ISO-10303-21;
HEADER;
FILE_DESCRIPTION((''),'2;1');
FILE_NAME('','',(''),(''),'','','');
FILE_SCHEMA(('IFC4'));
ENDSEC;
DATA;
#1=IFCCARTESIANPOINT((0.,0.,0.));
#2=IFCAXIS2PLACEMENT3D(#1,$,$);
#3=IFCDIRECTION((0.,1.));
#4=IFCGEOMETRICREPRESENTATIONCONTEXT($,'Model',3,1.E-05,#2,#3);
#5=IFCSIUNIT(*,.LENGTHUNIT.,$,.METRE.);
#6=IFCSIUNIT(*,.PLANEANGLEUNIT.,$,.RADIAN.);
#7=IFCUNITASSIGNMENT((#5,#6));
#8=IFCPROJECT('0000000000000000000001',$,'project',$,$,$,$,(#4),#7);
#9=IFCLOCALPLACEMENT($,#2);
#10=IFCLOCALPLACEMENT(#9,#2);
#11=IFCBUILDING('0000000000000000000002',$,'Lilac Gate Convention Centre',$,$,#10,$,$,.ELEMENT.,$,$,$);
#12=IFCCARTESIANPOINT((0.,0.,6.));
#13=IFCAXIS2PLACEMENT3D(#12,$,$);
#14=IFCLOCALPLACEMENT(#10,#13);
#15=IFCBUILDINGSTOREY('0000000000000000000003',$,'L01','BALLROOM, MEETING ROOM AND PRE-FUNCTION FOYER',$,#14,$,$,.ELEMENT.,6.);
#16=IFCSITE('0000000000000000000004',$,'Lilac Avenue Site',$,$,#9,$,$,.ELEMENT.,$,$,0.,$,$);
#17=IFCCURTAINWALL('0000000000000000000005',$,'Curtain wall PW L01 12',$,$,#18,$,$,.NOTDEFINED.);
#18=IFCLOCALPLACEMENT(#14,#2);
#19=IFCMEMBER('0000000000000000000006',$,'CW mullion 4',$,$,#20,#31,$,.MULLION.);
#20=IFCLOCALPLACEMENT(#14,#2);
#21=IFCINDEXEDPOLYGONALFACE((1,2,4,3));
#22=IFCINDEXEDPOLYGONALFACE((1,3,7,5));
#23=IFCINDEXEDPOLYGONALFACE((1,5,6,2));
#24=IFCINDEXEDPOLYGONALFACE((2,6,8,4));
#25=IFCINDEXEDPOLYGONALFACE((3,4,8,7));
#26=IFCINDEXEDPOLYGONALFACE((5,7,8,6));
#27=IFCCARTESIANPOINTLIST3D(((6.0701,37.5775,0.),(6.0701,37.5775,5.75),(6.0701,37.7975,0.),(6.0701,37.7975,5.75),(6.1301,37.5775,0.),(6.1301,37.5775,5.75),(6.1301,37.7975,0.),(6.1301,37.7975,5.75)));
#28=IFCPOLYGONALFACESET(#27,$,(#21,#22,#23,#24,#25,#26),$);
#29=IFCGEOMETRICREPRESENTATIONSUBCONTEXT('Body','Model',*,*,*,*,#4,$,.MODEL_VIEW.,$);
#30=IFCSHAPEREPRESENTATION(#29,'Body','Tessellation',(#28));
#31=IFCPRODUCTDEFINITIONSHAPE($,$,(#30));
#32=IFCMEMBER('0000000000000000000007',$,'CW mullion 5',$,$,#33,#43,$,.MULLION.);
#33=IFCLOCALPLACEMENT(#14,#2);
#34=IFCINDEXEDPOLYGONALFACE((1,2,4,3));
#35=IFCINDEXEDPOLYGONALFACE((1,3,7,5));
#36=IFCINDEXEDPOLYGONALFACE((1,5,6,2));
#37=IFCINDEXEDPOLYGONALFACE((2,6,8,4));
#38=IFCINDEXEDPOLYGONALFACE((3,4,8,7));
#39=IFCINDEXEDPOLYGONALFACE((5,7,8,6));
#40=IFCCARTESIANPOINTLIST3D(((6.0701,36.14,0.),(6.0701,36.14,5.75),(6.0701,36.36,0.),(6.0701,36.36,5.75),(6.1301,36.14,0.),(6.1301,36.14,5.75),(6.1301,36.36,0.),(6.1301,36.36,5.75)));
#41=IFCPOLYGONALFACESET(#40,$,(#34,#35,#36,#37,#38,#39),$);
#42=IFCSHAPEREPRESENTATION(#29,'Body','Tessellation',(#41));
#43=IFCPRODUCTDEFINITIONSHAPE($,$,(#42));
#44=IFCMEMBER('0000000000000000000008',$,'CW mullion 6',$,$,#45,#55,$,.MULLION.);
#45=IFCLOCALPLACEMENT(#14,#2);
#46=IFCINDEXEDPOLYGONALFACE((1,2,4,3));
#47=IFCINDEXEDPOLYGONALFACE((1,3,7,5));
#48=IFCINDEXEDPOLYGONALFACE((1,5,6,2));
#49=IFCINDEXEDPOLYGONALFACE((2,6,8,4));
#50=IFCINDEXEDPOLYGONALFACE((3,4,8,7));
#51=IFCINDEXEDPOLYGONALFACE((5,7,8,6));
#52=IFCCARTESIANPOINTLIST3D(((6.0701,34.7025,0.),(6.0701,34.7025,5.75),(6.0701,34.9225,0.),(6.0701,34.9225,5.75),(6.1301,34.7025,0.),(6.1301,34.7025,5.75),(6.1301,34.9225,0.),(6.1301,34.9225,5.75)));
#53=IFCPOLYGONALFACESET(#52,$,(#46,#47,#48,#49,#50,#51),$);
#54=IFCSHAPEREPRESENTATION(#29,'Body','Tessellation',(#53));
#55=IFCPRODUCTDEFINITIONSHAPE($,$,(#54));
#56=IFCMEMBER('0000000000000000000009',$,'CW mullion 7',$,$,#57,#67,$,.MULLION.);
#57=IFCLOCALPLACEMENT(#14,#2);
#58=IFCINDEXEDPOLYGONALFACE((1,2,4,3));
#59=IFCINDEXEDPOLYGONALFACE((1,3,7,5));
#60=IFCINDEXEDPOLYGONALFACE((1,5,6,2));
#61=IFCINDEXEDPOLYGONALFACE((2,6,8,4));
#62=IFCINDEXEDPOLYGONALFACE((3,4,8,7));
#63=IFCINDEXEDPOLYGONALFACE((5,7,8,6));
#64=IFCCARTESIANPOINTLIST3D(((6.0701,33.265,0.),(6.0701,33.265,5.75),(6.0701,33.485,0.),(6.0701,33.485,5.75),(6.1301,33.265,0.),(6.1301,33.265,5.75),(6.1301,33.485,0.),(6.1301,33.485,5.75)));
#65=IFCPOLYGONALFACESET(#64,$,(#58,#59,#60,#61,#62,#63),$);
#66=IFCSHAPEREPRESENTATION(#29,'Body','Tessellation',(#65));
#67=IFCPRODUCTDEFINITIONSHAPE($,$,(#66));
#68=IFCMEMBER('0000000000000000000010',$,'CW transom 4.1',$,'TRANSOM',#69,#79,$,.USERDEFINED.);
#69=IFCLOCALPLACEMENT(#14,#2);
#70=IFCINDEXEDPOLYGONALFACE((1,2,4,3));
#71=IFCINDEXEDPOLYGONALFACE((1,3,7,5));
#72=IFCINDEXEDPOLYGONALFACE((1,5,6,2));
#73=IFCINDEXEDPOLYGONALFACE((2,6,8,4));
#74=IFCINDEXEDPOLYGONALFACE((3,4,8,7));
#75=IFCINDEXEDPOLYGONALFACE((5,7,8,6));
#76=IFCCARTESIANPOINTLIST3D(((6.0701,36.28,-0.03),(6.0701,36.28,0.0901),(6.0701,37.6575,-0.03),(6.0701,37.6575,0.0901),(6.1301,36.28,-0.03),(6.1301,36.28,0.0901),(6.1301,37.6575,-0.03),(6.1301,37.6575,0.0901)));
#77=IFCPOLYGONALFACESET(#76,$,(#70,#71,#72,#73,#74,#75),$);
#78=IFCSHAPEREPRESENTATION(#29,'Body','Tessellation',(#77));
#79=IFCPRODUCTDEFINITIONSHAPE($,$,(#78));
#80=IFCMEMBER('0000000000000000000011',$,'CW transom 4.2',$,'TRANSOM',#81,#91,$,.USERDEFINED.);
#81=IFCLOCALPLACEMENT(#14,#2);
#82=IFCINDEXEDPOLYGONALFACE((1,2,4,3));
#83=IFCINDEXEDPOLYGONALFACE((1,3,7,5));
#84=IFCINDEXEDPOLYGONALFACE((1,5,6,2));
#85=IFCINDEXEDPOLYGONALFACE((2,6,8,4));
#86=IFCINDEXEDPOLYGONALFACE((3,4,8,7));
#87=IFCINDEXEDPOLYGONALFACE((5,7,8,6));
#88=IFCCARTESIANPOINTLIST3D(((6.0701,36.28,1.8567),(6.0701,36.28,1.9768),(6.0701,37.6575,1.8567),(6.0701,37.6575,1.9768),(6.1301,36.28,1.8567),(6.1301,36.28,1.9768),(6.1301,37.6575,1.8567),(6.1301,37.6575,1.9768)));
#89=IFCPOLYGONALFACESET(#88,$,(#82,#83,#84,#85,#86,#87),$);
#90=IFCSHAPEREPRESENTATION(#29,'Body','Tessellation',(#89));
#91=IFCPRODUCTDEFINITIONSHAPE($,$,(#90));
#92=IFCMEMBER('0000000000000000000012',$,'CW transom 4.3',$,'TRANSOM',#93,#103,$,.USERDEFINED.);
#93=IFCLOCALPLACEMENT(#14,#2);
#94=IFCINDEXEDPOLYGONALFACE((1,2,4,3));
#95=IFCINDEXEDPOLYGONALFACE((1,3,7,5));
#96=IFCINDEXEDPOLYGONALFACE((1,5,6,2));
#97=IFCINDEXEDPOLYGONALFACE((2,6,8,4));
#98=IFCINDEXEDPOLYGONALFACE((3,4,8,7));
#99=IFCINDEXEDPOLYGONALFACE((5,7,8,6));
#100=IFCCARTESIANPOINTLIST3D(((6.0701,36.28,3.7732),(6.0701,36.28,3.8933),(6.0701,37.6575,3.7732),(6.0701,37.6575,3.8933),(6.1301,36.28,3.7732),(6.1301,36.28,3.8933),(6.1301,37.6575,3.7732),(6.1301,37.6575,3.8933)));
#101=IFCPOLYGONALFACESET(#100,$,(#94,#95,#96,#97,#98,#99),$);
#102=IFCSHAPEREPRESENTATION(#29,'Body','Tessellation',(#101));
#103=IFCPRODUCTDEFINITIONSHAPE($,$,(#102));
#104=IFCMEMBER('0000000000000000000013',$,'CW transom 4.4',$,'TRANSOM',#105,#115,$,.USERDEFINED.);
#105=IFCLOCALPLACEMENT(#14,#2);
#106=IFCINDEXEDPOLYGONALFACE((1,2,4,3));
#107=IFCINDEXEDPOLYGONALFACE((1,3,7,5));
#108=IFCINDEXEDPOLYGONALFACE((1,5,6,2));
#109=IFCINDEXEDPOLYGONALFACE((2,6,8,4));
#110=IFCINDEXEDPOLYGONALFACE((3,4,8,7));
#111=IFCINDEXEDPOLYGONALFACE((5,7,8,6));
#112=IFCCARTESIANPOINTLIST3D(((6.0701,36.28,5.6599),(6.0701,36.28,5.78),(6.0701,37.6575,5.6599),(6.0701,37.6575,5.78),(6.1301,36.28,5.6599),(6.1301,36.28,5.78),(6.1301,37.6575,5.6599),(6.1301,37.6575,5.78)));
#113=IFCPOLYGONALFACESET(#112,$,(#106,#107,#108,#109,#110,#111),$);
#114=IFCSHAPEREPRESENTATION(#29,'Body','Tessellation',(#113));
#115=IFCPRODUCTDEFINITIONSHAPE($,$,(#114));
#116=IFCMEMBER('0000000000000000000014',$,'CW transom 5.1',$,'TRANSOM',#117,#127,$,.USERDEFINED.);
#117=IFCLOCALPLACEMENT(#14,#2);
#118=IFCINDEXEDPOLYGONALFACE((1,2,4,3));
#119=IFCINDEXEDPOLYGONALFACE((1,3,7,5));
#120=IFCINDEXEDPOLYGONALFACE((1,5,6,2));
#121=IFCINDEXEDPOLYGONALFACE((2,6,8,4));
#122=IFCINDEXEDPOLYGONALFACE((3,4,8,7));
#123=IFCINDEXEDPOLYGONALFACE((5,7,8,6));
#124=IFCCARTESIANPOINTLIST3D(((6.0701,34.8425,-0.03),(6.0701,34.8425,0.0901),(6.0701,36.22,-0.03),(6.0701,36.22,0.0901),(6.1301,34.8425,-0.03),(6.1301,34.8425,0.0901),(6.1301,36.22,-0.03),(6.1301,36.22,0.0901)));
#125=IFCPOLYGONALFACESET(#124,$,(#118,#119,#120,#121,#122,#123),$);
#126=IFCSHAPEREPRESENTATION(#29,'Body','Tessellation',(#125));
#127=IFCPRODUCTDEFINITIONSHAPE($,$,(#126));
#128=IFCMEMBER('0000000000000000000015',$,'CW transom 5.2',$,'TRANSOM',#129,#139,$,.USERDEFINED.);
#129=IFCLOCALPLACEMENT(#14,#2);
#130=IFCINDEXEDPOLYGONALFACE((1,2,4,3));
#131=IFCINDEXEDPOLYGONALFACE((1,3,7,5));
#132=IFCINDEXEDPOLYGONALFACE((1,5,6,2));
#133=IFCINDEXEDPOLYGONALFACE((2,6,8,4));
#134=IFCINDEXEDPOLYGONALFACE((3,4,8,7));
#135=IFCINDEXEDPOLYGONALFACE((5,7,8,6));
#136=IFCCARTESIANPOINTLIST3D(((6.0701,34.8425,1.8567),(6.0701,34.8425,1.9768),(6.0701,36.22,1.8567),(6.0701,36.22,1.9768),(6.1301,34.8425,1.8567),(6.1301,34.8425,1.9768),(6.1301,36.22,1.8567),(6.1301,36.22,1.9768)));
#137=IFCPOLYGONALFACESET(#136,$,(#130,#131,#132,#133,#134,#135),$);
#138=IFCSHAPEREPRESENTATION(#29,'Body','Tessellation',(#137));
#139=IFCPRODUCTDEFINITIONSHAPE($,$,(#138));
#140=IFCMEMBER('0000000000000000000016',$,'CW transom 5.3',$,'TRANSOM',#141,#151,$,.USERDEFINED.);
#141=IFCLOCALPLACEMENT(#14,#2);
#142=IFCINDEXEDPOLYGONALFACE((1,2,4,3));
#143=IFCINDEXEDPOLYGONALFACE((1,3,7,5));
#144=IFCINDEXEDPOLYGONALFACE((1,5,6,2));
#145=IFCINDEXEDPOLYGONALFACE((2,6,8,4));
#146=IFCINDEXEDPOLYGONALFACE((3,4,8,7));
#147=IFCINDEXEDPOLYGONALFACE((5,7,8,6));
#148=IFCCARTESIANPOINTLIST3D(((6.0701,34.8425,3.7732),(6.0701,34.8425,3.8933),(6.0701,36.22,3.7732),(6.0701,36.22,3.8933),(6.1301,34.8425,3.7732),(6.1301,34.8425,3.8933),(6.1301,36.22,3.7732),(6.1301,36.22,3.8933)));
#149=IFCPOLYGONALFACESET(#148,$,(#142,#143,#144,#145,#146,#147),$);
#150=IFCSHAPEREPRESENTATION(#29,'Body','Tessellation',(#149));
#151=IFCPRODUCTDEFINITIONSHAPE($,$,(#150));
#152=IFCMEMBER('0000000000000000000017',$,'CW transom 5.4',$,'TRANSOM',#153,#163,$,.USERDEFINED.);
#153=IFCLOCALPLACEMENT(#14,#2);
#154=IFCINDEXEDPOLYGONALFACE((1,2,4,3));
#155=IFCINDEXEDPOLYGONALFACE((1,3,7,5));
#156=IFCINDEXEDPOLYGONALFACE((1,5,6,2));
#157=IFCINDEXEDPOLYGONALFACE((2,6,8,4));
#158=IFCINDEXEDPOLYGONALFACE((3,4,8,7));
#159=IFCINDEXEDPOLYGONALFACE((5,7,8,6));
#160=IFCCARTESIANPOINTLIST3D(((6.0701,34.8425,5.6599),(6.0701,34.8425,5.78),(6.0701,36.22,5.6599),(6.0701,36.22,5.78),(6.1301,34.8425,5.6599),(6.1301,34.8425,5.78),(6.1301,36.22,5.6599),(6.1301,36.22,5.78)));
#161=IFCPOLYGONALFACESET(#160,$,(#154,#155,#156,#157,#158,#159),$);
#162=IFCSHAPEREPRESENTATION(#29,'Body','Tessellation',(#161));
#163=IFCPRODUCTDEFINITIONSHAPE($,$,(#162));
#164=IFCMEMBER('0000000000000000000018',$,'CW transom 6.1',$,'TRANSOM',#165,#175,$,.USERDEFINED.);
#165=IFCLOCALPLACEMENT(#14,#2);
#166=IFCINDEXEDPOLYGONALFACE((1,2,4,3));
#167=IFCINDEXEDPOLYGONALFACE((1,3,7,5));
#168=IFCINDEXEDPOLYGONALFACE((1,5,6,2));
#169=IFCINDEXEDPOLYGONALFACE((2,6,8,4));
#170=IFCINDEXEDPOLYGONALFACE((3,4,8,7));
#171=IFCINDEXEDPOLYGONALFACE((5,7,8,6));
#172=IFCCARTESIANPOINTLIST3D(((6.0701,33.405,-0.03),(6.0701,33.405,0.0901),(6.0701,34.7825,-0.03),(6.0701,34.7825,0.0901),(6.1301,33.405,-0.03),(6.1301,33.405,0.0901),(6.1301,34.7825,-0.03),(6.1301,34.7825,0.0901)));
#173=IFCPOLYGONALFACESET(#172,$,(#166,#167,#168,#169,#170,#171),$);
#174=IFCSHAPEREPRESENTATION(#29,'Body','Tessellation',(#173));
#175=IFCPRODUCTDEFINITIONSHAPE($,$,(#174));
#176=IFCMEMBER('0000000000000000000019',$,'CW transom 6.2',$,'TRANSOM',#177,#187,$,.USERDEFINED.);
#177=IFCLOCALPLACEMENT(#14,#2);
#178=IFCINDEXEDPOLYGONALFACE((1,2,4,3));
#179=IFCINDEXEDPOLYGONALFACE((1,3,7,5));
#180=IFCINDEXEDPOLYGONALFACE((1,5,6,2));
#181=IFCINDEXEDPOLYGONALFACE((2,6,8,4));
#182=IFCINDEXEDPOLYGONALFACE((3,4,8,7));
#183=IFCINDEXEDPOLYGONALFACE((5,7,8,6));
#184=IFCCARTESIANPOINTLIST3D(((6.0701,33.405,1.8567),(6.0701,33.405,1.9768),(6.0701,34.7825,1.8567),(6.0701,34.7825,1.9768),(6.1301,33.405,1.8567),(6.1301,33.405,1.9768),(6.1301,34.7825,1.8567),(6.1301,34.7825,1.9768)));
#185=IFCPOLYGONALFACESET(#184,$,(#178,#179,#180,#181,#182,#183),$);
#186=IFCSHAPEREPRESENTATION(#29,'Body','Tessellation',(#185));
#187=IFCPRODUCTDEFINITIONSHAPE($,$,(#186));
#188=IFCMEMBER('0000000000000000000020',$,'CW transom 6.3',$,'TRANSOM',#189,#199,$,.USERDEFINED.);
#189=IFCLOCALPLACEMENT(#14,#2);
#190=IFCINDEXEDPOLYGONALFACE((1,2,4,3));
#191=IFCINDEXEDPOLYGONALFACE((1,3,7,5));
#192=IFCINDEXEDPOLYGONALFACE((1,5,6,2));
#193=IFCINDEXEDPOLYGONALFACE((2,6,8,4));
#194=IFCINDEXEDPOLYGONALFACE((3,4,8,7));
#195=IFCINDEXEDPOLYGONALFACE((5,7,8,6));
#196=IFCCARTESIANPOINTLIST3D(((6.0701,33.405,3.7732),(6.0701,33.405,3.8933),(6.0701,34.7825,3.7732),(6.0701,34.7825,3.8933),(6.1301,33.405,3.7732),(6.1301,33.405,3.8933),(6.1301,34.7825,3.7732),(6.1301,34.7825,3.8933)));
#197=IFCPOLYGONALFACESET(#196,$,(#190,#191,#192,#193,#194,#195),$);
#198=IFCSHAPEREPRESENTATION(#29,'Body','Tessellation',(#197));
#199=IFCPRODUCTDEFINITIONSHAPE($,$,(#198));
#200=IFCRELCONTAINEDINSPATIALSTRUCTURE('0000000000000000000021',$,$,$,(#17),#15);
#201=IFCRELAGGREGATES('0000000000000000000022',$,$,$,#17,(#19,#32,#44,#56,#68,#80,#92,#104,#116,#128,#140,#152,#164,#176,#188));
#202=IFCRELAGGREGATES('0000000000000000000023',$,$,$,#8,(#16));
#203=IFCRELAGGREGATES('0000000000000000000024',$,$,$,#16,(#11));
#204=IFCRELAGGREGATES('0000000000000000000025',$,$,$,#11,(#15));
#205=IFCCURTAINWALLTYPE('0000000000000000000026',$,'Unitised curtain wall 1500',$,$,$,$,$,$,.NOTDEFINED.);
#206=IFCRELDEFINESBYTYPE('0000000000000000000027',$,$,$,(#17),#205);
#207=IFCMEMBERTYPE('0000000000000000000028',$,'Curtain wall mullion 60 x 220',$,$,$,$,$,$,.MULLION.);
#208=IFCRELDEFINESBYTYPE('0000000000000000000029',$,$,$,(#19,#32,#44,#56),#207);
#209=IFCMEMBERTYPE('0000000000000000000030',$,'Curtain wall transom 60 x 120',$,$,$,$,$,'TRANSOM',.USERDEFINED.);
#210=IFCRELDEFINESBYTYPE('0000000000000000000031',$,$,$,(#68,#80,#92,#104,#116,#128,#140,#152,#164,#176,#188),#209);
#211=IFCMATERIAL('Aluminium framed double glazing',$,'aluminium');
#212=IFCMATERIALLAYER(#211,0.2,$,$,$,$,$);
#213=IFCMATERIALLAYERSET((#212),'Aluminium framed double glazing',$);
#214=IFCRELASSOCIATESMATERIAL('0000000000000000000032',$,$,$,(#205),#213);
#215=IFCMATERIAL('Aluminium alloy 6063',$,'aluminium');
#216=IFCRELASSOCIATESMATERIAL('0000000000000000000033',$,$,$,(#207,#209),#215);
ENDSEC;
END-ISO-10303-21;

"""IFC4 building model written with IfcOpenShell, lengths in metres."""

from ifc_helpers import new_model, si_unit, direction, frame, origin, origin_2d, place, context, subcontext, project, spatial, rectangle, extrude, material, layer, layer_set, material_profile, profile_set, type_object, element, aggregate, save


model = new_model("IFC4")

# Units and contexts
model_context = context("Model", 3, precision=1e-05, world=origin(), true_north=direction((0.0, 1.0)))
body_context = subcontext(model_context, "Body", "Model", "MODEL_VIEW")
ifc_project = project(units=[si_unit("LENGTHUNIT", "METRE"), si_unit("PLANEANGLEUNIT", "RADIAN")], contexts=[model_context])

# Site, building, storey
site_placement = place(None, origin())
site = spatial("IfcSite", under=ifc_project, at=site_placement, Name="Lilac Avenue Site", CompositionType="ELEMENT", RefElevation=0.0)
building_placement = place(site_placement, origin())
building = spatial("IfcBuilding", under=site, at=building_placement, Name="Lilac Gate Convention Centre", CompositionType="ELEMENT")
storey_placement = place(building_placement, frame((0.0, 0.0, 6.0)))
storey = spatial("IfcBuildingStorey", under=building, at=storey_placement, Name="L01", Description="BALLROOM, MEETING ROOM AND PRE-FUNCTION FOYER", CompositionType="ELEMENT", Elevation=6.0)

# Curtain wall, members
ifc_material_1 = material(Name="Aluminium framed double glazing", Category="aluminium")
ifc_layer_1 = layer(ifc_material_1, 0.2)
ifc_layer_set_1 = layer_set([ifc_layer_1], Name="Aluminium framed double glazing")
curtain_wall_type = type_object("IfcCurtainWallType", Name="Unitised curtain wall 1500", PredefinedType="NOTDEFINED", material=ifc_layer_set_1)
curtain_wall_placement = place(storey_placement, origin())
curtain_wall = element("IfcCurtainWall", 1, at=curtain_wall_placement, inside=storey, type_object=curtain_wall_type, Name="Curtain wall PW L01 12", PredefinedType="NOTDEFINED")
ifc_material_2 = material(Name="Aluminium alloy 6063", Category="aluminium")
ifc_material_profile_1 = material_profile(ifc_material_2, rectangle(XDim=0.0601, YDim=0.22, at=origin_2d()), Name="Curtain wall mullion 60 x 220")
ifc_profile_set_1 = profile_set([ifc_material_profile_1], Name="Aluminium alloy 6063")
member_type_1 = type_object("IfcMemberType", Name="Curtain wall mullion 60 x 220", PredefinedType="MULLION", material=ifc_profile_set_1)
member_1_placement = place(storey_placement, frame((6.1001, 37.6875, 0.0), z_axis=(0.0, 0.0, 1.0), x_axis=(1.0, 0.0, 0.0)))
member_1 = element("IfcMember", 2, at=member_1_placement, type_object=member_type_1, Name="CW mullion 4", PredefinedType="MULLION", context=body_context, shape_type="SweptSolid", body=[
    extrude(rectangle(XDim=0.0601, YDim=0.22, at=origin_2d()), origin(), (0.0, 0.0, 1.0), 5.75),
])
member_2_placement = place(storey_placement, frame((6.1001, 36.25, 0.0), z_axis=(0.0, 0.0, 1.0), x_axis=(1.0, 0.0, 0.0)))
member_2 = element("IfcMember", 3, at=member_2_placement, type_object=member_type_1, Name="CW mullion 5", PredefinedType="MULLION", context=body_context, shape_type="SweptSolid", body=[
    extrude(rectangle(XDim=0.0601, YDim=0.22, at=origin_2d()), origin(), (0.0, 0.0, 1.0), 5.75),
])
member_3_placement = place(storey_placement, frame((6.1001, 34.8125, 0.0), z_axis=(0.0, 0.0, 1.0), x_axis=(1.0, 0.0, 0.0)))
member_3 = element("IfcMember", 4, at=member_3_placement, type_object=member_type_1, Name="CW mullion 6", PredefinedType="MULLION", context=body_context, shape_type="SweptSolid", body=[
    extrude(rectangle(XDim=0.0601, YDim=0.22, at=origin_2d()), origin(), (0.0, 0.0, 1.0), 5.75),
])
member_4_placement = place(storey_placement, frame((6.1001, 33.375, 0.0), z_axis=(0.0, 0.0, 1.0), x_axis=(1.0, 0.0, 0.0)))
member_4 = element("IfcMember", 5, at=member_4_placement, type_object=member_type_1, Name="CW mullion 7", PredefinedType="MULLION", context=body_context, shape_type="SweptSolid", body=[
    extrude(rectangle(XDim=0.0601, YDim=0.22, at=origin_2d()), origin(), (0.0, 0.0, 1.0), 5.75),
])
ifc_material_profile_2 = material_profile(ifc_material_2, rectangle(XDim=0.0601, YDim=0.1201, at=origin_2d()), Name="Curtain wall transom 60 x 120")
ifc_profile_set_2 = profile_set([ifc_material_profile_2], Name="Aluminium alloy 6063")
member_type_2 = type_object("IfcMemberType", Name="Curtain wall transom 60 x 120", ElementType="TRANSOM", PredefinedType="USERDEFINED", material=ifc_profile_set_2)
member_5_placement = place(storey_placement, frame((6.1001, 37.6575, 0.03), z_axis=(0.0, -1.0, 0.0), x_axis=(1.0, 0.0, 0.0)))
member_5 = element("IfcMember", 6, at=member_5_placement, type_object=member_type_2, Name="CW transom 4.1", ObjectType="TRANSOM", PredefinedType="USERDEFINED", context=body_context, shape_type="SweptSolid", body=[
    extrude(rectangle(XDim=0.0601, YDim=0.1201, at=origin_2d()), origin(), (0.0, 0.0, 1.0), 1.3774),
])
member_6_placement = place(storey_placement, frame((6.1001, 37.6575, 1.9167), z_axis=(0.0, -1.0, 0.0), x_axis=(1.0, 0.0, 0.0)))
member_6 = element("IfcMember", 7, at=member_6_placement, type_object=member_type_2, Name="CW transom 4.2", ObjectType="TRANSOM", PredefinedType="USERDEFINED", context=body_context, shape_type="SweptSolid", body=[
    extrude(rectangle(XDim=0.0601, YDim=0.1201, at=origin_2d()), origin(), (0.0, 0.0, 1.0), 1.3774),
])
member_7_placement = place(storey_placement, frame((6.1001, 37.6575, 3.8333), z_axis=(0.0, -1.0, 0.0), x_axis=(1.0, 0.0, 0.0)))
member_7 = element("IfcMember", 8, at=member_7_placement, type_object=member_type_2, Name="CW transom 4.3", ObjectType="TRANSOM", PredefinedType="USERDEFINED", context=body_context, shape_type="SweptSolid", body=[
    extrude(rectangle(XDim=0.0601, YDim=0.1201, at=origin_2d()), origin(), (0.0, 0.0, 1.0), 1.3774),
])
member_8_placement = place(storey_placement, frame((6.1001, 37.6575, 5.72), z_axis=(0.0, -1.0, 0.0), x_axis=(1.0, 0.0, 0.0)))
member_8 = element("IfcMember", 9, at=member_8_placement, type_object=member_type_2, Name="CW transom 4.4", ObjectType="TRANSOM", PredefinedType="USERDEFINED", context=body_context, shape_type="SweptSolid", body=[
    extrude(rectangle(XDim=0.0601, YDim=0.1201, at=origin_2d()), origin(), (0.0, 0.0, 1.0), 1.3774),
])
member_9_placement = place(storey_placement, frame((6.1001, 36.22, 0.03), z_axis=(0.0, -1.0, 0.0), x_axis=(1.0, 0.0, 0.0)))
member_9 = element("IfcMember", 10, at=member_9_placement, type_object=member_type_2, Name="CW transom 5.1", ObjectType="TRANSOM", PredefinedType="USERDEFINED", context=body_context, shape_type="SweptSolid", body=[
    extrude(rectangle(XDim=0.0601, YDim=0.1201, at=origin_2d()), origin(), (0.0, 0.0, 1.0), 1.3774),
])
member_10_placement = place(storey_placement, frame((6.1001, 36.22, 1.9167), z_axis=(0.0, -1.0, 0.0), x_axis=(1.0, 0.0, 0.0)))
member_10 = element("IfcMember", 11, at=member_10_placement, type_object=member_type_2, Name="CW transom 5.2", ObjectType="TRANSOM", PredefinedType="USERDEFINED", context=body_context, shape_type="SweptSolid", body=[
    extrude(rectangle(XDim=0.0601, YDim=0.1201, at=origin_2d()), origin(), (0.0, 0.0, 1.0), 1.3774),
])
member_11_placement = place(storey_placement, frame((6.1001, 36.22, 3.8333), z_axis=(0.0, -1.0, 0.0), x_axis=(1.0, 0.0, 0.0)))
member_11 = element("IfcMember", 12, at=member_11_placement, type_object=member_type_2, Name="CW transom 5.3", ObjectType="TRANSOM", PredefinedType="USERDEFINED", context=body_context, shape_type="SweptSolid", body=[
    extrude(rectangle(XDim=0.0601, YDim=0.1201, at=origin_2d()), origin(), (0.0, 0.0, 1.0), 1.3774),
])
member_12_placement = place(storey_placement, frame((6.1001, 36.22, 5.72), z_axis=(0.0, -1.0, 0.0), x_axis=(1.0, 0.0, 0.0)))
member_12 = element("IfcMember", 13, at=member_12_placement, type_object=member_type_2, Name="CW transom 5.4", ObjectType="TRANSOM", PredefinedType="USERDEFINED", context=body_context, shape_type="SweptSolid", body=[
    extrude(rectangle(XDim=0.0601, YDim=0.1201, at=origin_2d()), origin(), (0.0, 0.0, 1.0), 1.3774),
])
member_13_placement = place(storey_placement, frame((6.1001, 34.7825, 0.03), z_axis=(0.0, -1.0, 0.0), x_axis=(1.0, 0.0, 0.0)))
member_13 = element("IfcMember", 14, at=member_13_placement, type_object=member_type_2, Name="CW transom 6.1", ObjectType="TRANSOM", PredefinedType="USERDEFINED", context=body_context, shape_type="SweptSolid", body=[
    extrude(rectangle(XDim=0.0601, YDim=0.1201, at=origin_2d()), origin(), (0.0, 0.0, 1.0), 1.3774),
])
member_14_placement = place(storey_placement, frame((6.1001, 34.7825, 1.9167), z_axis=(0.0, -1.0, 0.0), x_axis=(1.0, 0.0, 0.0)))
member_14 = element("IfcMember", 15, at=member_14_placement, type_object=member_type_2, Name="CW transom 6.2", ObjectType="TRANSOM", PredefinedType="USERDEFINED", context=body_context, shape_type="SweptSolid", body=[
    extrude(rectangle(XDim=0.0601, YDim=0.1201, at=origin_2d()), origin(), (0.0, 0.0, 1.0), 1.3774),
])
member_15_placement = place(storey_placement, frame((6.1001, 34.7825, 3.8333), z_axis=(0.0, -1.0, 0.0), x_axis=(1.0, 0.0, 0.0)))
member_15 = element("IfcMember", 16, at=member_15_placement, type_object=member_type_2, Name="CW transom 6.3", ObjectType="TRANSOM", PredefinedType="USERDEFINED", context=body_context, shape_type="SweptSolid", body=[
    extrude(rectangle(XDim=0.0601, YDim=0.1201, at=origin_2d()), origin(), (0.0, 0.0, 1.0), 1.3774),
])

aggregate(curtain_wall, [member_1, member_2, member_3, member_4, member_5, member_6, member_7, member_8, member_9, member_10, member_11, member_12, member_13, member_14, member_15])

save(model, "model.ifc")
